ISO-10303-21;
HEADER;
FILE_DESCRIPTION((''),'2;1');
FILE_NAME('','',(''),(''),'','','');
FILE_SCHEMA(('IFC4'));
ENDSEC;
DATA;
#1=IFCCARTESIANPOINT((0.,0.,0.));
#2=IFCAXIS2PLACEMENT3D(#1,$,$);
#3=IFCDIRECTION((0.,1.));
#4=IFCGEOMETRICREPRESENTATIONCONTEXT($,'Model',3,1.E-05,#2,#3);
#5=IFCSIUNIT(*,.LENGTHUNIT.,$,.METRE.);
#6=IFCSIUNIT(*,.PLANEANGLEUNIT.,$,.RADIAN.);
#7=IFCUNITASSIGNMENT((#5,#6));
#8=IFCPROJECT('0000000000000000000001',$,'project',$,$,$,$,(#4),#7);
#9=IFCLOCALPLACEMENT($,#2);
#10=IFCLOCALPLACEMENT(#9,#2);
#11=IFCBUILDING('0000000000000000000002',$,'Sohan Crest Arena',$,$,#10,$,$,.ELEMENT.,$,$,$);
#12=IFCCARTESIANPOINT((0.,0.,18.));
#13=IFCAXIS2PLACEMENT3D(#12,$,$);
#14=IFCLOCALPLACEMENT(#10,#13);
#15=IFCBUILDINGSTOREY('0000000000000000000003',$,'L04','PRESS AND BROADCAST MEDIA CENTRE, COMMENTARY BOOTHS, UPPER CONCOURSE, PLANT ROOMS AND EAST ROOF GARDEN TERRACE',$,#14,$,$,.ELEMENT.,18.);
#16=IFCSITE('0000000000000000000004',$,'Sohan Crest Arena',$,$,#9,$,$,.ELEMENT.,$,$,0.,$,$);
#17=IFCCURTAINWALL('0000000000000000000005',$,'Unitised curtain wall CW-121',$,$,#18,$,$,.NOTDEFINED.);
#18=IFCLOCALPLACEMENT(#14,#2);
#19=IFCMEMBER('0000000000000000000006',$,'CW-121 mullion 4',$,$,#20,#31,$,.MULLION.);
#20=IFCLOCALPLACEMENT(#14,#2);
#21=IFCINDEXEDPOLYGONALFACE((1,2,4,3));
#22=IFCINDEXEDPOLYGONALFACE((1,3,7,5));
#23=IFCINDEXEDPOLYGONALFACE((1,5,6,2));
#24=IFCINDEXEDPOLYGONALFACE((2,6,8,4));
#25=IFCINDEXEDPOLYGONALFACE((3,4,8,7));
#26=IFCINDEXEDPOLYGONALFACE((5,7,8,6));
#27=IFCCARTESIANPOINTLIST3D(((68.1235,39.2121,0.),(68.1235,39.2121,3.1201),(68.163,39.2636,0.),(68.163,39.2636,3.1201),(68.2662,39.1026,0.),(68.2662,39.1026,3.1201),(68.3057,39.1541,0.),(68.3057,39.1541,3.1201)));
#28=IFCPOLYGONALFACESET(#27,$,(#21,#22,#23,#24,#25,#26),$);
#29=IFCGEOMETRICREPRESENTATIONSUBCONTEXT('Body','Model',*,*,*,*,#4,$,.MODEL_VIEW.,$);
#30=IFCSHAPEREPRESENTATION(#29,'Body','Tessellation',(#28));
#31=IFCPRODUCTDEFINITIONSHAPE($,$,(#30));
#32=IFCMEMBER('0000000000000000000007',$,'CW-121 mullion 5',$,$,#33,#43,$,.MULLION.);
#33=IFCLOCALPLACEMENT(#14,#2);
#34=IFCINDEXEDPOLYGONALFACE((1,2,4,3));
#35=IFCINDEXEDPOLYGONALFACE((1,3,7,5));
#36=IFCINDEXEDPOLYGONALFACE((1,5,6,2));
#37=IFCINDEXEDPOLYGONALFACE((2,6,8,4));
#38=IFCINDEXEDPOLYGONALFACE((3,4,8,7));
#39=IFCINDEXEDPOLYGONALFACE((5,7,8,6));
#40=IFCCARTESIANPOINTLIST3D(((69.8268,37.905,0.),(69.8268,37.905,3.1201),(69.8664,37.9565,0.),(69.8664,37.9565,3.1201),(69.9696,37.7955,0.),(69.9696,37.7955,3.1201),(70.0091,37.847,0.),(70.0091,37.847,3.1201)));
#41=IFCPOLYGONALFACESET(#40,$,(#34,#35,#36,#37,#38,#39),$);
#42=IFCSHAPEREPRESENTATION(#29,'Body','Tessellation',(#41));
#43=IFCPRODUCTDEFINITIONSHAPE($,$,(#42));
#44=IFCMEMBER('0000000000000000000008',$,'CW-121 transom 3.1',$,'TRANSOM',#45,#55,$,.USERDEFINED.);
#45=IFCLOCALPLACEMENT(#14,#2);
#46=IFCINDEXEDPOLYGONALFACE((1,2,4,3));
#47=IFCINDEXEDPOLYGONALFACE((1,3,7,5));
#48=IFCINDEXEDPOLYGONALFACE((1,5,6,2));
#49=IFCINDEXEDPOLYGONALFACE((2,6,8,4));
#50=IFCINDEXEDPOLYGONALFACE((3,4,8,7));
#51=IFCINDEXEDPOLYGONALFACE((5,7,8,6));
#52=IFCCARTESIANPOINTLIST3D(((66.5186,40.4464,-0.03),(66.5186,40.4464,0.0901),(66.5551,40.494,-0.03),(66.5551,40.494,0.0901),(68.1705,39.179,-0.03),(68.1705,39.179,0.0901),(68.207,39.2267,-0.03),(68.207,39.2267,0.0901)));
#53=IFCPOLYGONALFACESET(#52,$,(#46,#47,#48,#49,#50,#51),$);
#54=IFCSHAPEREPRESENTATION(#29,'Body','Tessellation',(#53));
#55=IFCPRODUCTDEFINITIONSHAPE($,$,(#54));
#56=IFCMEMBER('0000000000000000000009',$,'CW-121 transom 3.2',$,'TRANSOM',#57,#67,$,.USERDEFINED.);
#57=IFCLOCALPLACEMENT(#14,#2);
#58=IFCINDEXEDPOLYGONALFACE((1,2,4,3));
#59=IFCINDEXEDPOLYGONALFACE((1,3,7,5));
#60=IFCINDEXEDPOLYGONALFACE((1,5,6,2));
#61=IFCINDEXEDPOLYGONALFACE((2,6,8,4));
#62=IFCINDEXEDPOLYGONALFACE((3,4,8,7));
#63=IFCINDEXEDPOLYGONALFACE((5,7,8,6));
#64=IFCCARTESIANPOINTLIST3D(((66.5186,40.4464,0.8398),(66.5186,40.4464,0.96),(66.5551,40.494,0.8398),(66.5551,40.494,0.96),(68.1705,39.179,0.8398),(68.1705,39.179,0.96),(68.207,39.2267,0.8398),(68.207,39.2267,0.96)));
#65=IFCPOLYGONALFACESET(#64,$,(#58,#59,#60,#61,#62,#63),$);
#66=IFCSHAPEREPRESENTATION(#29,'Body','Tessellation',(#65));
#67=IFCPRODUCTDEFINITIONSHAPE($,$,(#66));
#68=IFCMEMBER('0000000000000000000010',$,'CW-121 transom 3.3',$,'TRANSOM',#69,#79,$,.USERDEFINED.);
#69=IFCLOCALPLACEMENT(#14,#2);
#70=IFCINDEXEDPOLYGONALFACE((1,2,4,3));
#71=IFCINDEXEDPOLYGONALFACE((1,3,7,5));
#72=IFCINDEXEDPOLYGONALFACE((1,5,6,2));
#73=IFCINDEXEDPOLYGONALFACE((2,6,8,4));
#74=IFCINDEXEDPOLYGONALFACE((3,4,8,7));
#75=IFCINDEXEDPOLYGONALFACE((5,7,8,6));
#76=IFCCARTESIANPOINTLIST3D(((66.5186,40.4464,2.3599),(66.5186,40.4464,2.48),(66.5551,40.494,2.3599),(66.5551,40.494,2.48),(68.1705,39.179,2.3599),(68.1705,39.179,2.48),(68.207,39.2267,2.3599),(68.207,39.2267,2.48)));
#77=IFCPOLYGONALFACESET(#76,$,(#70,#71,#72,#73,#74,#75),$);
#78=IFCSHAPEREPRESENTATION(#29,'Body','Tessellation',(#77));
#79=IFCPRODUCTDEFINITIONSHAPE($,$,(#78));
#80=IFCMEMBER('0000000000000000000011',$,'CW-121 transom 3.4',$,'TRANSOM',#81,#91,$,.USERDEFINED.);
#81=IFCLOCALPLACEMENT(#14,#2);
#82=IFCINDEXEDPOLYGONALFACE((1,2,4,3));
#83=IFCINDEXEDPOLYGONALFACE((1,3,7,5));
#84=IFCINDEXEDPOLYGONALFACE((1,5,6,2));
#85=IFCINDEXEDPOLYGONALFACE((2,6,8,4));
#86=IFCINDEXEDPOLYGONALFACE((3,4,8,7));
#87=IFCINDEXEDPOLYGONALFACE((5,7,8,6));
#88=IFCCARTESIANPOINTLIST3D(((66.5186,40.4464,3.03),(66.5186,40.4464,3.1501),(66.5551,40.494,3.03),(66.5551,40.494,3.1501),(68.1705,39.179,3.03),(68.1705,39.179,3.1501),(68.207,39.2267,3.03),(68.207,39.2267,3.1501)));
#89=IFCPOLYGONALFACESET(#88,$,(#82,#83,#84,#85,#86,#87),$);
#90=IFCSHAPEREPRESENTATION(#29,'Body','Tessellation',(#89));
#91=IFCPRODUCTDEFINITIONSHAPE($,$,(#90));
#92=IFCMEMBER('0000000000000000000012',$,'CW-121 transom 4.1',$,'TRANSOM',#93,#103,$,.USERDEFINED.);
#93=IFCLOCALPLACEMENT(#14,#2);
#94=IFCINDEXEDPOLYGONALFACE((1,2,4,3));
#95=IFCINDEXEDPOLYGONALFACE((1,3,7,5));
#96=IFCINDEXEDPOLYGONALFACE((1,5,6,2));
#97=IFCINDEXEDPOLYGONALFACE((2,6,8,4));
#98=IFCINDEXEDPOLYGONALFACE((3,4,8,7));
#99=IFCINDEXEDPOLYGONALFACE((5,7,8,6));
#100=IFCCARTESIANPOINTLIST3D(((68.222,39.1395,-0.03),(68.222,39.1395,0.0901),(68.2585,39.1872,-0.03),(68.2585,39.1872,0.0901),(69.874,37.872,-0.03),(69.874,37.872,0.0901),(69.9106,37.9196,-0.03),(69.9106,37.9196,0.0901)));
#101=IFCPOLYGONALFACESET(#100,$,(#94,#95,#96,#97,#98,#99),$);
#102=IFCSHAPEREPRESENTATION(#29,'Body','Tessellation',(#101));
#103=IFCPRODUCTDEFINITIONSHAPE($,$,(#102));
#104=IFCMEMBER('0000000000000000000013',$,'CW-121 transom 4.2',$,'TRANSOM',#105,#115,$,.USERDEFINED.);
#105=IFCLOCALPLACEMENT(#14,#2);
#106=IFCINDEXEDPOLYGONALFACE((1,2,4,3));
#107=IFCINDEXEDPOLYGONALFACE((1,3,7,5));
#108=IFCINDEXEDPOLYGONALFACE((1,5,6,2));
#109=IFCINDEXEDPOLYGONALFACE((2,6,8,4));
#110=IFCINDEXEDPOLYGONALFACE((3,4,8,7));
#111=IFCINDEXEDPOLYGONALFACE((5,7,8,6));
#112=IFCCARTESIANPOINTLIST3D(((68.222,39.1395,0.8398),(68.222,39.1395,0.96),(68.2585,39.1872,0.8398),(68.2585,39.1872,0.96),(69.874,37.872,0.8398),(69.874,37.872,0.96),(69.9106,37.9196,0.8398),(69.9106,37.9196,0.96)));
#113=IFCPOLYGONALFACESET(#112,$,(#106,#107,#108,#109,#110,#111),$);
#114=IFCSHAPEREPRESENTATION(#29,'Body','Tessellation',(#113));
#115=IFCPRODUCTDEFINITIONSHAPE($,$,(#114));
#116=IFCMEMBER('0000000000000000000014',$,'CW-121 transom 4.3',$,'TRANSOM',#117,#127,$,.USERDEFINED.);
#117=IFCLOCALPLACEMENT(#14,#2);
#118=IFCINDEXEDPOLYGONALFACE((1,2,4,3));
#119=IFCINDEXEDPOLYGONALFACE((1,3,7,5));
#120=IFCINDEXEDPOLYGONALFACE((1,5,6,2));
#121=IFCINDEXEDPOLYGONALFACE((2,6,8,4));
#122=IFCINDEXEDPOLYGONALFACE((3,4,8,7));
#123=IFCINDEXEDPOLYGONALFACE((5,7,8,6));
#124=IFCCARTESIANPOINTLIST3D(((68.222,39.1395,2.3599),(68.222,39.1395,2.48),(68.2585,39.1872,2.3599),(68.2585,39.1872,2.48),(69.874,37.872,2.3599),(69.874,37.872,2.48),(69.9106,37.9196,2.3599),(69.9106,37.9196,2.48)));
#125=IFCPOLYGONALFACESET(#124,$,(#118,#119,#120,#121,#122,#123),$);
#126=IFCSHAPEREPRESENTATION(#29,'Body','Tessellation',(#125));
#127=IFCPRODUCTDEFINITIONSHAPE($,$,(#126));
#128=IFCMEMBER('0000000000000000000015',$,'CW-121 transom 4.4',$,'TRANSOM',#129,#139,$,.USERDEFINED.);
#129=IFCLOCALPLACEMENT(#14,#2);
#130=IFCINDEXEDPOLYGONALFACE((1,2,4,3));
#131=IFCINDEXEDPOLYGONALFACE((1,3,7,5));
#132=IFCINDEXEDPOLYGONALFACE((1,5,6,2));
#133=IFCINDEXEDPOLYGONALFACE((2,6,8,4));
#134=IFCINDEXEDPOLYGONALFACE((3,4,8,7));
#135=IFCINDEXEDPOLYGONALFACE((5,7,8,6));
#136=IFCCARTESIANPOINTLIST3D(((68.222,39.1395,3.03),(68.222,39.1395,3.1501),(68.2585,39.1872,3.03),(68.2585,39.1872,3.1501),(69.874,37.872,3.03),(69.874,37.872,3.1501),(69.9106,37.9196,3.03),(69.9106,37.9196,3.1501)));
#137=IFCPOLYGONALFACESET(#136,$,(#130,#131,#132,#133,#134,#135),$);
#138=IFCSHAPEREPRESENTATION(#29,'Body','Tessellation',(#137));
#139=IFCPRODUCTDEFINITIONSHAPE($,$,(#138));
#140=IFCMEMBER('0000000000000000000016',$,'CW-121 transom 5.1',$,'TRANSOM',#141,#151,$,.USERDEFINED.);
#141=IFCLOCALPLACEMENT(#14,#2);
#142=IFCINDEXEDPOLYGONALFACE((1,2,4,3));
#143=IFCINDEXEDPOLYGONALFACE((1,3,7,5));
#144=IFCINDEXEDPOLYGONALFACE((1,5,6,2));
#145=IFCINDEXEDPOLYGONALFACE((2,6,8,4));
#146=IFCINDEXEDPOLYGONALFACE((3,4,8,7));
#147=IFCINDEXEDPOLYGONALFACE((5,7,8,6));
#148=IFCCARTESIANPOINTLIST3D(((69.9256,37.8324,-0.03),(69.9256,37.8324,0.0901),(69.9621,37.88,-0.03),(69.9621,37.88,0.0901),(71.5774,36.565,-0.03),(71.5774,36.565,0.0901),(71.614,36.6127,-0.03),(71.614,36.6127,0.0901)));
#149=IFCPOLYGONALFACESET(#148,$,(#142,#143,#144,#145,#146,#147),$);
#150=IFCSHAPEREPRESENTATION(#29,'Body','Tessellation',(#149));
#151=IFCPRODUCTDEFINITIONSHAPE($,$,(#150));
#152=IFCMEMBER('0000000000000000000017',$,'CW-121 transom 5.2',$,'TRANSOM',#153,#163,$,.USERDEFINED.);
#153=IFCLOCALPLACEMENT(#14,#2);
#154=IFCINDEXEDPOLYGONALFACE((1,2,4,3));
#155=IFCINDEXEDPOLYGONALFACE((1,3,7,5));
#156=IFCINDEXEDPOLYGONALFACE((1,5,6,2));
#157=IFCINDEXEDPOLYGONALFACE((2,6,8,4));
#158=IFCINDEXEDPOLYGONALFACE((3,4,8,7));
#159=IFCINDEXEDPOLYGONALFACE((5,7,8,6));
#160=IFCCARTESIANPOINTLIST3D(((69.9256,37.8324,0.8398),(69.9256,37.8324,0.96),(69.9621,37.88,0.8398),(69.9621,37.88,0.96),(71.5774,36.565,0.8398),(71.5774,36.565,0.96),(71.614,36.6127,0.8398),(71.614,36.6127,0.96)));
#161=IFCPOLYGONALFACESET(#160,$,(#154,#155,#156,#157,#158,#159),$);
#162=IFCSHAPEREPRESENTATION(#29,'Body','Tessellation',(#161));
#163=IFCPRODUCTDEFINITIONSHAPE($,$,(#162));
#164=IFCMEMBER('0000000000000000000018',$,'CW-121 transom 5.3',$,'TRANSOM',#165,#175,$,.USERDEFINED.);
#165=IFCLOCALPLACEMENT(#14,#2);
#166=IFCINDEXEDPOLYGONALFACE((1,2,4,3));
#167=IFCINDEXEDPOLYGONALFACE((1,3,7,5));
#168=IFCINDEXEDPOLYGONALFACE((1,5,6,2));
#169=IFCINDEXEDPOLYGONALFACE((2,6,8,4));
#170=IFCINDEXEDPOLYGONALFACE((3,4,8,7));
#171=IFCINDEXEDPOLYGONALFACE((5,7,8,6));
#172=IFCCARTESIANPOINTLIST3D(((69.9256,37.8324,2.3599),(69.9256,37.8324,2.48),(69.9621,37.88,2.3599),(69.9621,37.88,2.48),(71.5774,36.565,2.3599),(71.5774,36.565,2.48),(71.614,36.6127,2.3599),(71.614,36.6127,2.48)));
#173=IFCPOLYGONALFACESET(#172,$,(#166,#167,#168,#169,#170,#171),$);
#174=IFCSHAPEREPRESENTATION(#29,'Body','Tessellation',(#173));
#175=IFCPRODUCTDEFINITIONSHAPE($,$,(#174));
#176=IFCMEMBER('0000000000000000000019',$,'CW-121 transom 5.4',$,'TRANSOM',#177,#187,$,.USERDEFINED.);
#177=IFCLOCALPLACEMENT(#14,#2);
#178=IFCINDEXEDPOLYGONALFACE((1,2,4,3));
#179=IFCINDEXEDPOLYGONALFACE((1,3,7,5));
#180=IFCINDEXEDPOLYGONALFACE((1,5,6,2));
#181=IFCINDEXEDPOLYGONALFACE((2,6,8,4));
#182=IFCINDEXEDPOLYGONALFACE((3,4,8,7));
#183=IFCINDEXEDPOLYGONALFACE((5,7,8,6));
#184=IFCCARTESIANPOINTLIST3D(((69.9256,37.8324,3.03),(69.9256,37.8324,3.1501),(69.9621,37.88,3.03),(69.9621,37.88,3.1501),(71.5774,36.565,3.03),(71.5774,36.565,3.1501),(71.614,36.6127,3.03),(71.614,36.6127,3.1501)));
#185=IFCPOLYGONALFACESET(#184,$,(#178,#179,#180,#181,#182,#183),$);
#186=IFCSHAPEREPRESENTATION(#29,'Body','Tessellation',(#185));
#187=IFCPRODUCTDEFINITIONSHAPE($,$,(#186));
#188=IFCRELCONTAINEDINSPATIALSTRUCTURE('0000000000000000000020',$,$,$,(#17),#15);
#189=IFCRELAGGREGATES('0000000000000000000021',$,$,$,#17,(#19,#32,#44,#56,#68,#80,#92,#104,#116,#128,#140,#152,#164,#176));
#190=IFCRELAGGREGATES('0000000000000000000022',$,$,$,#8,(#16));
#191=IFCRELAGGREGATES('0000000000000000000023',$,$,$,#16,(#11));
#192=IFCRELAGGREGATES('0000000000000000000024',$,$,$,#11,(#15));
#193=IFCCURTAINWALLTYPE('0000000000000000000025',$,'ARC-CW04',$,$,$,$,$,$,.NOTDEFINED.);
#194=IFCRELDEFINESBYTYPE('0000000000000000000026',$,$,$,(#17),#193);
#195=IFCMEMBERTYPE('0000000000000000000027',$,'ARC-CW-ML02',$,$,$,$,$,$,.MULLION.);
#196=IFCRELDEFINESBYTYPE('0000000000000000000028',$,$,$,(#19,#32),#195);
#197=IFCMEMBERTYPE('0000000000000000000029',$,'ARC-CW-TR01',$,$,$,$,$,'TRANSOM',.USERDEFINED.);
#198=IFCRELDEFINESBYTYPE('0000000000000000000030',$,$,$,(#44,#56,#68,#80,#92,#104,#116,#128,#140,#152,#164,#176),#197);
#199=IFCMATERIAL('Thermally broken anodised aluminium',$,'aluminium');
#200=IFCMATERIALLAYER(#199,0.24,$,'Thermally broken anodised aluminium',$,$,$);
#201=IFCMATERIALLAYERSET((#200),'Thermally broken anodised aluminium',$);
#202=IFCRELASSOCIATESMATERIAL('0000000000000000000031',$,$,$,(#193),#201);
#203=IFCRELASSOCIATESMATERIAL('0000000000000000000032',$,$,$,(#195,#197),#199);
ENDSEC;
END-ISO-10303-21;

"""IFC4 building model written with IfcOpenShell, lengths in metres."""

from ifc_helpers import new_model, si_unit, direction, frame, origin, origin_2d, place, context, subcontext, project, spatial, rectangle, extrude, material, layer, layer_set, material_profile, profile_set, type_object, element, aggregate, save


model = new_model("IFC4")

# Units and contexts
model_context = context("Model", 3, precision=1e-05, world=origin(), true_north=direction((0.0, 1.0)))
body_context = subcontext(model_context, "Body", "Model", "MODEL_VIEW")
ifc_project = project(units=[si_unit("LENGTHUNIT", "METRE"), si_unit("PLANEANGLEUNIT", "RADIAN")], contexts=[model_context])

# Site, building, storey
site_placement = place(None, origin())
site = spatial("IfcSite", under=ifc_project, at=site_placement, Name="Sohan Crest Arena", CompositionType="ELEMENT", RefElevation=0.0)
building_placement = place(site_placement, origin())
building = spatial("IfcBuilding", under=site, at=building_placement, Name="Sohan Crest Arena", CompositionType="ELEMENT")
storey_placement = place(building_placement, frame((0.0, 0.0, 18.0)))
storey = spatial("IfcBuildingStorey", under=building, at=storey_placement, Name="L04", Description="PRESS AND BROADCAST MEDIA CENTRE, COMMENTARY BOOTHS, UPPER CONCOURSE, PLANT ROOMS AND EAST ROOF GARDEN TERRACE", CompositionType="ELEMENT", Elevation=18.0)

# Curtain wall, members
ifc_material_1 = material(Name="Thermally broken anodised aluminium", Category="aluminium")
ifc_layer_1 = layer(ifc_material_1, 0.24, Name="Thermally broken anodised aluminium")
ifc_layer_set_1 = layer_set([ifc_layer_1], Name="Thermally broken anodised aluminium")
curtain_wall_type = type_object("IfcCurtainWallType", Name="ARC-CW04", PredefinedType="NOTDEFINED", material=ifc_layer_set_1)
curtain_wall_placement = place(storey_placement, origin())
curtain_wall = element("IfcCurtainWall", 1, at=curtain_wall_placement, inside=storey, type_object=curtain_wall_type, Name="Unitised curtain wall CW-121", PredefinedType="NOTDEFINED")
ifc_material_profile_1 = material_profile(ifc_material_1, rectangle(XDim=0.0649, YDim=0.1799, at=origin_2d()), Name="ALU-MULL 65x180")
ifc_profile_set_1 = profile_set([ifc_material_profile_1], Name="Thermally broken anodised aluminium")
member_type_1 = type_object("IfcMemberType", Name="ARC-CW-ML02", PredefinedType="MULLION", material=ifc_profile_set_1)
member_1_placement = place(storey_placement, frame((68.2146, 39.1831, 0.0), z_axis=(0.0, 0.0, 1.0), x_axis=(0.60872, 0.793385, 0.0)))
member_1 = element("IfcMember", 2, at=member_1_placement, type_object=member_type_1, Name="CW-121 mullion 4", PredefinedType="MULLION", context=body_context, shape_type="SweptSolid", body=[
    extrude(rectangle(XDim=0.0649, YDim=0.1799, at=origin_2d()), origin(), (0.0, 0.0, 1.0), 3.1201),
])
member_2_placement = place(storey_placement, frame((69.918, 37.876, 0.0), z_axis=(0.0, 0.0, 1.0), x_axis=(0.60872, 0.793385, 0.0)))
member_2 = element("IfcMember", 3, at=member_2_placement, type_object=member_type_1, Name="CW-121 mullion 5", PredefinedType="MULLION", context=body_context, shape_type="SweptSolid", body=[
    extrude(rectangle(XDim=0.0649, YDim=0.1799, at=origin_2d()), origin(), (0.0, 0.0, 1.0), 3.1201),
])
ifc_material_profile_2 = material_profile(ifc_material_1, rectangle(XDim=0.0601, YDim=0.1201, at=origin_2d()), Name="ALU-TRAN 60x120")
ifc_profile_set_2 = profile_set([ifc_material_profile_2], Name="Thermally broken anodised aluminium")
member_type_2 = type_object("IfcMemberType", Name="ARC-CW-TR01", ElementType="TRANSOM", PredefinedType="USERDEFINED", material=ifc_profile_set_2)
member_3_placement = place(storey_placement, frame((66.5369, 40.4702, 0.03), z_axis=(0.793395, -0.608707, 0.0), x_axis=(0.608707, 0.793395, 0.0)))
member_3 = element("IfcMember", 4, at=member_3_placement, type_object=member_type_2, Name="CW-121 transom 3.1", ObjectType="TRANSOM", PredefinedType="USERDEFINED", context=body_context, shape_type="SweptSolid", body=[
    extrude(rectangle(XDim=0.0601, YDim=0.1201, at=origin_2d()), origin(), (0.0, 0.0, 1.0), 2.082),
])
member_4_placement = place(storey_placement, frame((66.5369, 40.4702, 0.8999), z_axis=(0.793395, -0.608707, 0.0), x_axis=(0.608707, 0.793395, 0.0)))
member_4 = element("IfcMember", 5, at=member_4_placement, type_object=member_type_2, Name="CW-121 transom 3.2", ObjectType="TRANSOM", PredefinedType="USERDEFINED", context=body_context, shape_type="SweptSolid", body=[
    extrude(rectangle(XDim=0.0601, YDim=0.1201, at=origin_2d()), origin(), (0.0, 0.0, 1.0), 2.082),
])
member_5_placement = place(storey_placement, frame((66.5369, 40.4702, 2.4199), z_axis=(0.793395, -0.608707, 0.0), x_axis=(0.608707, 0.793395, 0.0)))
member_5 = element("IfcMember", 6, at=member_5_placement, type_object=member_type_2, Name="CW-121 transom 3.3", ObjectType="TRANSOM", PredefinedType="USERDEFINED", context=body_context, shape_type="SweptSolid", body=[
    extrude(rectangle(XDim=0.0601, YDim=0.1201, at=origin_2d()), origin(), (0.0, 0.0, 1.0), 2.082),
])
member_6_placement = place(storey_placement, frame((66.5369, 40.4702, 3.0901), z_axis=(0.793395, -0.608707, 0.0), x_axis=(0.608707, 0.793395, 0.0)))
member_6 = element("IfcMember", 7, at=member_6_placement, type_object=member_type_2, Name="CW-121 transom 3.4", ObjectType="TRANSOM", PredefinedType="USERDEFINED", context=body_context, shape_type="SweptSolid", body=[
    extrude(rectangle(XDim=0.0601, YDim=0.1201, at=origin_2d()), origin(), (0.0, 0.0, 1.0), 2.082),
])
member_7_placement = place(storey_placement, frame((68.2402, 39.1633, 0.03), z_axis=(0.793382, -0.608724, 0.0), x_axis=(0.608724, 0.793382, 0.0)))
member_7 = element("IfcMember", 8, at=member_7_placement, type_object=member_type_2, Name="CW-121 transom 4.1", ObjectType="TRANSOM", PredefinedType="USERDEFINED", context=body_context, shape_type="SweptSolid", body=[
    extrude(rectangle(XDim=0.0601, YDim=0.1201, at=origin_2d()), origin(), (0.0, 0.0, 1.0), 2.0823),
])
member_8_placement = place(storey_placement, frame((68.2402, 39.1633, 0.8999), z_axis=(0.793382, -0.608724, 0.0), x_axis=(0.608724, 0.793382, 0.0)))
member_8 = element("IfcMember", 9, at=member_8_placement, type_object=member_type_2, Name="CW-121 transom 4.2", ObjectType="TRANSOM", PredefinedType="USERDEFINED", context=body_context, shape_type="SweptSolid", body=[
    extrude(rectangle(XDim=0.0601, YDim=0.1201, at=origin_2d()), origin(), (0.0, 0.0, 1.0), 2.0823),
])
member_9_placement = place(storey_placement, frame((68.2402, 39.1633, 2.4199), z_axis=(0.793382, -0.608724, 0.0), x_axis=(0.608724, 0.793382, 0.0)))
member_9 = element("IfcMember", 10, at=member_9_placement, type_object=member_type_2, Name="CW-121 transom 4.3", ObjectType="TRANSOM", PredefinedType="USERDEFINED", context=body_context, shape_type="SweptSolid", body=[
    extrude(rectangle(XDim=0.0601, YDim=0.1201, at=origin_2d()), origin(), (0.0, 0.0, 1.0), 2.0823),
])
member_10_placement = place(storey_placement, frame((68.2402, 39.1633, 3.0901), z_axis=(0.793382, -0.608724, 0.0), x_axis=(0.608724, 0.793382, 0.0)))
member_10 = element("IfcMember", 11, at=member_10_placement, type_object=member_type_2, Name="CW-121 transom 4.4", ObjectType="TRANSOM", PredefinedType="USERDEFINED", context=body_context, shape_type="SweptSolid", body=[
    extrude(rectangle(XDim=0.0601, YDim=0.1201, at=origin_2d()), origin(), (0.0, 0.0, 1.0), 2.0823),
])
member_11_placement = place(storey_placement, frame((69.9438, 37.8562, 0.03), z_axis=(0.793395, -0.608707, 0.0), x_axis=(0.608707, 0.793395, 0.0)))
member_11 = element("IfcMember", 12, at=member_11_placement, type_object=member_type_2, Name="CW-121 transom 5.1", ObjectType="TRANSOM", PredefinedType="USERDEFINED", context=body_context, shape_type="SweptSolid", body=[
    extrude(rectangle(XDim=0.0601, YDim=0.1201, at=origin_2d()), origin(), (0.0, 0.0, 1.0), 2.082),
])
member_12_placement = place(storey_placement, frame((69.9438, 37.8562, 0.8999), z_axis=(0.793395, -0.608707, 0.0), x_axis=(0.608707, 0.793395, 0.0)))
member_12 = element("IfcMember", 13, at=member_12_placement, type_object=member_type_2, Name="CW-121 transom 5.2", ObjectType="TRANSOM", PredefinedType="USERDEFINED", context=body_context, shape_type="SweptSolid", body=[
    extrude(rectangle(XDim=0.0601, YDim=0.1201, at=origin_2d()), origin(), (0.0, 0.0, 1.0), 2.082),
])
member_13_placement = place(storey_placement, frame((69.9438, 37.8562, 2.4199), z_axis=(0.793395, -0.608707, 0.0), x_axis=(0.608707, 0.793395, 0.0)))
member_13 = element("IfcMember", 14, at=member_13_placement, type_object=member_type_2, Name="CW-121 transom 5.3", ObjectType="TRANSOM", PredefinedType="USERDEFINED", context=body_context, shape_type="SweptSolid", body=[
    extrude(rectangle(XDim=0.0601, YDim=0.1201, at=origin_2d()), origin(), (0.0, 0.0, 1.0), 2.082),
])
member_14_placement = place(storey_placement, frame((69.9438, 37.8562, 3.0901), z_axis=(0.793395, -0.608707, 0.0), x_axis=(0.608707, 0.793395, 0.0)))
member_14 = element("IfcMember", 15, at=member_14_placement, type_object=member_type_2, Name="CW-121 transom 5.4", ObjectType="TRANSOM", PredefinedType="USERDEFINED", context=body_context, shape_type="SweptSolid", body=[
    extrude(rectangle(XDim=0.0601, YDim=0.1201, at=origin_2d()), origin(), (0.0, 0.0, 1.0), 2.082),
])
aggregate(curtain_wall, [member_1, member_2, member_3, member_4, member_5, member_6, member_7, member_8, member_9, member_10, member_11, member_12, member_13, member_14])

save(model, "model.ifc")
